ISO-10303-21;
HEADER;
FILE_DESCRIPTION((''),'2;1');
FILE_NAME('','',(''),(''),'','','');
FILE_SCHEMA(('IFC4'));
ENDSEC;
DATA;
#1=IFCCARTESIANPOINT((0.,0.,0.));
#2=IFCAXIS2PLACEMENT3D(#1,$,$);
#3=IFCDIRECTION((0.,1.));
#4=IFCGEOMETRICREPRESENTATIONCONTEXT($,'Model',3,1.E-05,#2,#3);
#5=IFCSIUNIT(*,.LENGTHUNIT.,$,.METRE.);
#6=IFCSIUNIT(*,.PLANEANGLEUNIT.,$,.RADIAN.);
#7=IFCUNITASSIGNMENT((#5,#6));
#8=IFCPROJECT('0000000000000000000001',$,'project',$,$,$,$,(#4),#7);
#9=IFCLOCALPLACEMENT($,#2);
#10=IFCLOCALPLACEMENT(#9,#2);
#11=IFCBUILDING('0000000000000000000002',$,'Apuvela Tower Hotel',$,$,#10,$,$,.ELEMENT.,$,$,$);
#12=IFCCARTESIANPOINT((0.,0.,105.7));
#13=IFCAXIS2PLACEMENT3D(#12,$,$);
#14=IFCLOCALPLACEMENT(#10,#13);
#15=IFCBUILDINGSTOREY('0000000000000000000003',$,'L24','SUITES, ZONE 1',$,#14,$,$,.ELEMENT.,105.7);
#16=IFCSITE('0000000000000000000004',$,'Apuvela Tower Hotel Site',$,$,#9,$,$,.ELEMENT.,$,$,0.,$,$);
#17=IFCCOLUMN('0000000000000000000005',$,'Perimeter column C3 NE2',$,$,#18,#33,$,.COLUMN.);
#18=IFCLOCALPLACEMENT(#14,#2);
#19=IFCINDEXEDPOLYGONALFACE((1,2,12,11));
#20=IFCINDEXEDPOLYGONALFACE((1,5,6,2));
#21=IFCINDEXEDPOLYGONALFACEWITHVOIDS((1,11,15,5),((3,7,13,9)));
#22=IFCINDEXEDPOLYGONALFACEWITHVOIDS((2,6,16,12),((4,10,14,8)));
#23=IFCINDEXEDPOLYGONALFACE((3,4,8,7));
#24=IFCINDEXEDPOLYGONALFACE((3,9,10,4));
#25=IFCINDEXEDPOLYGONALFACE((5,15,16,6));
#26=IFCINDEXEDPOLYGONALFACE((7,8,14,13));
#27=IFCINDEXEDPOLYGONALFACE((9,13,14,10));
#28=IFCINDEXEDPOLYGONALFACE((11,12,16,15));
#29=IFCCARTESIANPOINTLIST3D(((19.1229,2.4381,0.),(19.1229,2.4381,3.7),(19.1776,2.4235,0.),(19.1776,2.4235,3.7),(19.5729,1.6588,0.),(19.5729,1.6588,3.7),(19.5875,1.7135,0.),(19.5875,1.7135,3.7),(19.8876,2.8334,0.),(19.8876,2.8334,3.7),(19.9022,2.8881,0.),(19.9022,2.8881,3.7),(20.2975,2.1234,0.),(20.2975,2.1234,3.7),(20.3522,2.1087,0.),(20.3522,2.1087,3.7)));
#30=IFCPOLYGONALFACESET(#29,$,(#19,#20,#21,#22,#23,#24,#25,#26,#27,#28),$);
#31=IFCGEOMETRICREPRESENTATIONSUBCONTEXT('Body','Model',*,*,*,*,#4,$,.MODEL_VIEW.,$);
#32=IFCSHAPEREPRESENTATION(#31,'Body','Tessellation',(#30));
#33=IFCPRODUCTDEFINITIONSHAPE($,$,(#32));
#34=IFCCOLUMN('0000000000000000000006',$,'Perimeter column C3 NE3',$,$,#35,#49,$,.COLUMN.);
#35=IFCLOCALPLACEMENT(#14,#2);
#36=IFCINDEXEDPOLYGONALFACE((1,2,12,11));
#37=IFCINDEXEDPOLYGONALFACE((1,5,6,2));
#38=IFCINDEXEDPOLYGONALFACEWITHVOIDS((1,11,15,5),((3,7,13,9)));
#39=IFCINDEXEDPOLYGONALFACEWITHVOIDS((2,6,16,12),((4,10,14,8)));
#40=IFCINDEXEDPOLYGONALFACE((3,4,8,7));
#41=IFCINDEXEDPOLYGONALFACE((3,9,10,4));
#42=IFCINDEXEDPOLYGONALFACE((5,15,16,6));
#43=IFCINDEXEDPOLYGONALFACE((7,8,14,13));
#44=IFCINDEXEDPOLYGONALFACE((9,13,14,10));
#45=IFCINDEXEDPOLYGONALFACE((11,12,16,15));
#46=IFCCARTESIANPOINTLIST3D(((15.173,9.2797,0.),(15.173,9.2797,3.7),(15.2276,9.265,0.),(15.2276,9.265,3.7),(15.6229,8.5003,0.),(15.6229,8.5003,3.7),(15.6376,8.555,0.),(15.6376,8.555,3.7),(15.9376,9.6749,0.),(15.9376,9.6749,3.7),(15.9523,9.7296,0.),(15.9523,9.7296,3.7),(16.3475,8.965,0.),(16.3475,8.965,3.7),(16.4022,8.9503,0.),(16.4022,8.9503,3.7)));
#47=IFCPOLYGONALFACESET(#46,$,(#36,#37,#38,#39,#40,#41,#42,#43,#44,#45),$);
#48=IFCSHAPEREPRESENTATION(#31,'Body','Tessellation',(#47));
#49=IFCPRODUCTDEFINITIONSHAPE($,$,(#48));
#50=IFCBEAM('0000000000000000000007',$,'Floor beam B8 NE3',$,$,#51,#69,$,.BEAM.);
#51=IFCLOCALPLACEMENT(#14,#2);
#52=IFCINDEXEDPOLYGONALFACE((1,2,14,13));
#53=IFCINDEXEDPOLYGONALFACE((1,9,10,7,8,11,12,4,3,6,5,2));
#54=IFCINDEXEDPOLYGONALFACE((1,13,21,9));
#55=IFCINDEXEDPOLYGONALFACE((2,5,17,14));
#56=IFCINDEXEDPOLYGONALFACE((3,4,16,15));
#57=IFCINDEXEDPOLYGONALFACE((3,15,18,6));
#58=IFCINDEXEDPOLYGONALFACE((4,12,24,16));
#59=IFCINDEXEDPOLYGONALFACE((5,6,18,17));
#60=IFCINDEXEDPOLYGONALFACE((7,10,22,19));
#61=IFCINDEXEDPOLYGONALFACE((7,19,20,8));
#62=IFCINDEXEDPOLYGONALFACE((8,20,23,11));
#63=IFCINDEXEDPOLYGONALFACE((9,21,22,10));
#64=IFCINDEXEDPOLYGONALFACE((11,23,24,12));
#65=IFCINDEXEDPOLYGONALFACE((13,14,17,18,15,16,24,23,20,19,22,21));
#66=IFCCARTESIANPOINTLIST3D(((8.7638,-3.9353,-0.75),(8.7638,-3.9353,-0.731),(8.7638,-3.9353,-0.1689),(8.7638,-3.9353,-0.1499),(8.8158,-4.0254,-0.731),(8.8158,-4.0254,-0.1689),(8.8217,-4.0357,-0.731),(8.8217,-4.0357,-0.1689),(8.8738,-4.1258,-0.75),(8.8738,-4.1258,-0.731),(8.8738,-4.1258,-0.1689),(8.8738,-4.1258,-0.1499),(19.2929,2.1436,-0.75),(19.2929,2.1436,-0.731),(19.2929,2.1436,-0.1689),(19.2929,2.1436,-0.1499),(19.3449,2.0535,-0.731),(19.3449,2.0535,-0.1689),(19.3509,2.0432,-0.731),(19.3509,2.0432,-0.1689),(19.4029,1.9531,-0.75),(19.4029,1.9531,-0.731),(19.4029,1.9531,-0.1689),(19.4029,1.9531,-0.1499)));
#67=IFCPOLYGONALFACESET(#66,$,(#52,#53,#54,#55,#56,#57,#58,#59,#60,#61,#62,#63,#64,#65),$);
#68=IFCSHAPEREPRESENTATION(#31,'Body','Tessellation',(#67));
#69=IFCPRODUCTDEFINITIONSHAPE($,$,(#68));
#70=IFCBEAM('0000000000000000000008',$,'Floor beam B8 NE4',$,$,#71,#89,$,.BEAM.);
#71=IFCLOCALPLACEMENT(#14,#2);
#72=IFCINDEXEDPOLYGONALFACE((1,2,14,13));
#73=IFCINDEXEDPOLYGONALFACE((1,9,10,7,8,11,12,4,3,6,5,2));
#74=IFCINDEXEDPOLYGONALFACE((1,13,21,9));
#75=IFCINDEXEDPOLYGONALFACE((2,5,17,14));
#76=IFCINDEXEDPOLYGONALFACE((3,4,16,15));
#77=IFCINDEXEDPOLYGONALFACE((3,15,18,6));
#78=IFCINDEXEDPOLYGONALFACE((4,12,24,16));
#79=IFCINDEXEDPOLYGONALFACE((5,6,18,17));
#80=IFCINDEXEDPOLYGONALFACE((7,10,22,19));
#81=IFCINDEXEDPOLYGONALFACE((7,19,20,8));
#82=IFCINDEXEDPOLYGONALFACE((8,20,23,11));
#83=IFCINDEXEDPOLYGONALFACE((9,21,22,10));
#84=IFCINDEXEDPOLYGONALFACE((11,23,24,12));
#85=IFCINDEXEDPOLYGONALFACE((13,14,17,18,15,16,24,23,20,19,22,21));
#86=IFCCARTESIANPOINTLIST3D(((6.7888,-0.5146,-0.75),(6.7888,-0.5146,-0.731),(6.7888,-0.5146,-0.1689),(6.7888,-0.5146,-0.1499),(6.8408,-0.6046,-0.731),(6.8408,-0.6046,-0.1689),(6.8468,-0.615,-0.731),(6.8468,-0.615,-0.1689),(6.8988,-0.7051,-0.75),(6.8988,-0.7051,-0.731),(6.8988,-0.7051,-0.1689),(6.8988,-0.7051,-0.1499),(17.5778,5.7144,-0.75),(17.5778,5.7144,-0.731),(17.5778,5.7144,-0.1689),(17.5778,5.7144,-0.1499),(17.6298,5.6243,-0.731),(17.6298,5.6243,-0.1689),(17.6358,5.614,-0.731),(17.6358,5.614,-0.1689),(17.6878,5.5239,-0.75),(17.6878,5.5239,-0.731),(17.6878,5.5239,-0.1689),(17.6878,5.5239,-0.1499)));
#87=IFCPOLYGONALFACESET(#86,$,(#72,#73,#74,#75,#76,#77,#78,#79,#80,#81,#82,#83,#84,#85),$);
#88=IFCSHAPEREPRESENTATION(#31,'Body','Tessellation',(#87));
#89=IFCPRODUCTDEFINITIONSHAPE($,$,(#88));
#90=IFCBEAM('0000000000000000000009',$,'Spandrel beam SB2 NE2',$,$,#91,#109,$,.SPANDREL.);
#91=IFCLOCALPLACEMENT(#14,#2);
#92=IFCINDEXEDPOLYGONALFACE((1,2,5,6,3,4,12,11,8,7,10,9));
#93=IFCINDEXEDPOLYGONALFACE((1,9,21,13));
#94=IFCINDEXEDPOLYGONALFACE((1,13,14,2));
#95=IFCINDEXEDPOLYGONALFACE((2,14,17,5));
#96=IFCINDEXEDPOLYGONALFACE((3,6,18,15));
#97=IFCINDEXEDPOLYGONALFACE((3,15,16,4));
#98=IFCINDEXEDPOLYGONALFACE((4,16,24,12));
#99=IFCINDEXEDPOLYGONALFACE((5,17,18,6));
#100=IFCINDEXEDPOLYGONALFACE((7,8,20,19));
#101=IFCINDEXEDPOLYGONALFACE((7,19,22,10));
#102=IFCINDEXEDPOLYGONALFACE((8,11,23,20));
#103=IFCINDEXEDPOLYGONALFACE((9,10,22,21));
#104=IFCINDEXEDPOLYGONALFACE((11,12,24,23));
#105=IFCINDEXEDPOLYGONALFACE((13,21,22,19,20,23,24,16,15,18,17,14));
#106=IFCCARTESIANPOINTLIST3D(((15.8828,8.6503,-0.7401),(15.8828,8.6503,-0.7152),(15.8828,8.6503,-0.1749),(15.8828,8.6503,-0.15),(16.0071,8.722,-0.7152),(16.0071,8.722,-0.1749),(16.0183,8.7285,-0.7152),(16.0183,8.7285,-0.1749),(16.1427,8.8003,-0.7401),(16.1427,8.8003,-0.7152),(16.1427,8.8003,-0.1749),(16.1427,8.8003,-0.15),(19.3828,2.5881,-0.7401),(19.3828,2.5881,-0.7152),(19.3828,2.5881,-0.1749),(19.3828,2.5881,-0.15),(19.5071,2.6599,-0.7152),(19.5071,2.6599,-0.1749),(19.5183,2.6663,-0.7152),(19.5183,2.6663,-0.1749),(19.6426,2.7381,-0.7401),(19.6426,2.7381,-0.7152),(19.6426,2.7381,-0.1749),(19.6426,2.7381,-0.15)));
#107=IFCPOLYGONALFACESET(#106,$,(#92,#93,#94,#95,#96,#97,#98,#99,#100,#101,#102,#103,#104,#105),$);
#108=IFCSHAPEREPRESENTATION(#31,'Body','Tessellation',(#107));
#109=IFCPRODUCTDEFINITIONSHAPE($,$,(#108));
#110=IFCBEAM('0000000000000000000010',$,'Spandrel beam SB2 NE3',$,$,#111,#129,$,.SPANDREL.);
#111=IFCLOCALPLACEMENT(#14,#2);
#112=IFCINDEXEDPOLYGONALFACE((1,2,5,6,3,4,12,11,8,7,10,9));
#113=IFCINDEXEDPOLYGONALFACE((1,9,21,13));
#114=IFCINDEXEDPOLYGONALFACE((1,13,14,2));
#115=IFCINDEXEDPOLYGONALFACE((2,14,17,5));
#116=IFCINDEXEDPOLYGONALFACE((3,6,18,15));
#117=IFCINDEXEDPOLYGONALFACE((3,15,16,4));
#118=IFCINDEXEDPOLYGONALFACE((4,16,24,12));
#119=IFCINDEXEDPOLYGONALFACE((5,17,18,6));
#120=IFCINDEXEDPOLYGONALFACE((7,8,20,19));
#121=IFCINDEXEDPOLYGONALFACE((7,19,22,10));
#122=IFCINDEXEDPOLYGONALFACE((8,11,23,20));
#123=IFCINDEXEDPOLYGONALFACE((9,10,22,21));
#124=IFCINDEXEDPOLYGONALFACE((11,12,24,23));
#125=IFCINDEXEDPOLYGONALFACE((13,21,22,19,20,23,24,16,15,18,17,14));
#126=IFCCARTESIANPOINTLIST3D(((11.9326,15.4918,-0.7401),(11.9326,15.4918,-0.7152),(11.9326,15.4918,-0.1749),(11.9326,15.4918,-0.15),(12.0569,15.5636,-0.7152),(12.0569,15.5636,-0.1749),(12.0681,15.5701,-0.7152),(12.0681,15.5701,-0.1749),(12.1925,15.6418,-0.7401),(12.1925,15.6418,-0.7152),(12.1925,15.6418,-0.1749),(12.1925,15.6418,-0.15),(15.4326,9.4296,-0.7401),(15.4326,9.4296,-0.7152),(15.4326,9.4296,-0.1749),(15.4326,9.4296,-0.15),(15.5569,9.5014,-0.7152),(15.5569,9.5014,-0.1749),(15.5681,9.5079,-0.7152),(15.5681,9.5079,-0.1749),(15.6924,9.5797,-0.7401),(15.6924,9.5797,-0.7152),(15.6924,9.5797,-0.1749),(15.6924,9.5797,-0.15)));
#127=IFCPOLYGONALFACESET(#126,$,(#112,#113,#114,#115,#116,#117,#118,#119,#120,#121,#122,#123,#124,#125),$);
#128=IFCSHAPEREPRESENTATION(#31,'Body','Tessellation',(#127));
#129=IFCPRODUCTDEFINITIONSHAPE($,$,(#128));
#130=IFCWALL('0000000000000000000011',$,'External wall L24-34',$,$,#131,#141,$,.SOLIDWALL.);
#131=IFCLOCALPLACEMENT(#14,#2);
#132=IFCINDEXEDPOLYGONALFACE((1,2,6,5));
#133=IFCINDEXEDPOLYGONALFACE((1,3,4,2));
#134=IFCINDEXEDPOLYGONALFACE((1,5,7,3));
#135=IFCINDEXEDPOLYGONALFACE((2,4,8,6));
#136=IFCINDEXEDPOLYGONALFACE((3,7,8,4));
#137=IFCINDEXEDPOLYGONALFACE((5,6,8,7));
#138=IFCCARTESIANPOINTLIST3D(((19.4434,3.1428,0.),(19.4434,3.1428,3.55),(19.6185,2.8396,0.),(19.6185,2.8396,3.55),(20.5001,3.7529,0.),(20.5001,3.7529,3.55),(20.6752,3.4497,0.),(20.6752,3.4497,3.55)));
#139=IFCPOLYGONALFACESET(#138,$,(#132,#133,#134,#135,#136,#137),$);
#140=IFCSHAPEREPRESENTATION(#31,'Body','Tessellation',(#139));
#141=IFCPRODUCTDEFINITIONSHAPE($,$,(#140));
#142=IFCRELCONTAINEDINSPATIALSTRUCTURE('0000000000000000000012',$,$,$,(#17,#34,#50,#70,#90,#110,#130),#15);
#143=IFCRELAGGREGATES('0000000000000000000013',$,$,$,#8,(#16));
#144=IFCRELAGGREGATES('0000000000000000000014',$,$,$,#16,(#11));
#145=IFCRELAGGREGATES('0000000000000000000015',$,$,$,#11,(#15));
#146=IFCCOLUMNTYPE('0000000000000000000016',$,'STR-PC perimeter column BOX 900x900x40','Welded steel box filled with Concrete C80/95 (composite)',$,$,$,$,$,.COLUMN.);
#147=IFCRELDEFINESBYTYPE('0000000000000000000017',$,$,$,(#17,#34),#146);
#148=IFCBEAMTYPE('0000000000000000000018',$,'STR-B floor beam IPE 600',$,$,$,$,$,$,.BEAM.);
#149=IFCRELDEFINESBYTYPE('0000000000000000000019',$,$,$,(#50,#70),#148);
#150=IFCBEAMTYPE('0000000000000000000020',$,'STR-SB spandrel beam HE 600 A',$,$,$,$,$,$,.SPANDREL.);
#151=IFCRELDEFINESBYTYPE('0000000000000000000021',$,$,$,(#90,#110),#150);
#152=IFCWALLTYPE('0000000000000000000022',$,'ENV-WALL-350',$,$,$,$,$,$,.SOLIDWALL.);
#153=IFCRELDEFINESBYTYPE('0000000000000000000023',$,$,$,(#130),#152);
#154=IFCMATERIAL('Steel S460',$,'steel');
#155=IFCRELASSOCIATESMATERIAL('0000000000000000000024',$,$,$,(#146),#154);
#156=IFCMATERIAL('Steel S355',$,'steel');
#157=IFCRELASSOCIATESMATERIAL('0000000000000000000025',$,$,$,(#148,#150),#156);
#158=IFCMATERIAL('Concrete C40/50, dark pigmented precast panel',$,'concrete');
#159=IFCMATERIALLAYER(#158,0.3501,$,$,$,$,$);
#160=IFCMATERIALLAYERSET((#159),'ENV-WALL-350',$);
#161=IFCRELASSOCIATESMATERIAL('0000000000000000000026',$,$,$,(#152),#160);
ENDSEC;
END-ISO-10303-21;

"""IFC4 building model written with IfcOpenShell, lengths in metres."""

from ifc_helpers import new_model, si_unit, direction, frame, frame_2d, origin, origin_2d, place, context, subcontext, project, spatial, rectangle, hollow_rectangle, i_section, extrude, material, layer, layer_set, material_profile, profile_set, type_object, element, save


model = new_model("IFC4")

# Units and contexts
model_context = context("Model", 3, precision=1e-05, world=origin(), true_north=direction((0.0, 1.0)))
body_context = subcontext(model_context, "Body", "Model", "MODEL_VIEW")
ifc_project = project(units=[si_unit("LENGTHUNIT", "METRE"), si_unit("PLANEANGLEUNIT", "RADIAN")], contexts=[model_context])

# Site, building, storey
site_placement = place(None, origin())
site = spatial("IfcSite", under=ifc_project, at=site_placement, Name="Apuvela Tower Hotel Site", CompositionType="ELEMENT", RefElevation=0.0)
building_placement = place(site_placement, origin())
building = spatial("IfcBuilding", under=site, at=building_placement, Name="Apuvela Tower Hotel", CompositionType="ELEMENT")
storey_placement = place(building_placement, frame((0.0, 0.0, 105.7)))
storey = spatial("IfcBuildingStorey", under=building, at=storey_placement, Name="L24", Description="SUITES, ZONE 1", CompositionType="ELEMENT", Elevation=105.7)

# Columns
ifc_material_1 = material(Name="Steel S460", Category="steel")
ifc_material_profile_1 = material_profile(ifc_material_1, hollow_rectangle(XDim=0.8999, YDim=0.8999, WallThickness=0.04, at=origin_2d()), Name="BOX 900x900x40")
ifc_material_2 = material(Name="Concrete C80/95", Category="concrete")
ifc_material_profile_2 = material_profile(ifc_material_2, rectangle(XDim=0.8201, YDim=0.8201, at=origin_2d()), Name="Concrete C80/95 infill")
ifc_profile_set_1 = profile_set([ifc_material_profile_1, ifc_material_profile_2], Name="Steel S460")
column_type = type_object("IfcColumnType", Name="STR-PC perimeter column BOX 900x900x40", Description="Welded steel box filled with Concrete C80/95 (composite)", PredefinedType="COLUMN", material=ifc_profile_set_1)
for number, where, z_axis, x_axis, name in (
    (1, (19.7375, 2.2734, 0.0), (0.0, 0.0, 1.0), (-0.5, 0.866025, 0.0), "Perimeter column C3 NE2"),
    (2, (15.7876, 9.115, 0.0), (0.0, 0.0, 1.0), (-0.5, 0.866025, 0.0), "Perimeter column C3 NE3"),
):
    element("IfcColumn", number, at=place(storey_placement, frame(where, z_axis=z_axis, x_axis=x_axis)), inside=storey, type_object=column_type, Name=name, PredefinedType="COLUMN", context=body_context, shape_type="SweptSolid", body=[
        extrude(hollow_rectangle(XDim=0.8999, YDim=0.8999, WallThickness=0.04, at=origin_2d()), origin(), (0.0, 0.0, 1.0), 3.7),
    ])

# Beams
ifc_material_3 = material(Name="Steel S355", Category="steel")
ifc_material_profile_3 = material_profile(ifc_material_3, i_section(OverallWidth=0.22, OverallDepth=0.6001, WebThickness=0.012, FlangeThickness=0.019, at=origin_2d()), Name="IPE 600")
ifc_profile_set_2 = profile_set([ifc_material_profile_3], Name="Steel S355")
beam_type_1 = type_object("IfcBeamType", Name="STR-B floor beam IPE 600", PredefinedType="BEAM", material=ifc_profile_set_2)
beam_1_placement = place(storey_placement, frame((19.3479, 2.0483, -0.45), z_axis=(-0.866029, -0.499994, 0.0), x_axis=(0.499994, -0.866029, 0.0)))
element("IfcBeam", 3, at=beam_1_placement, inside=storey, type_object=beam_type_1, Name="Floor beam B8 NE3", PredefinedType="BEAM", context=body_context, shape_type="SweptSolid", body=[
    extrude(i_section(OverallWidth=0.22, OverallDepth=0.6001, WebThickness=0.012, FlangeThickness=0.019, at=origin_2d()), origin(), (0.0, 0.0, 1.0), 12.158),
])
beam_2_placement = place(storey_placement, frame((17.6328, 5.6191, -0.45), z_axis=(-0.866028, -0.499996, 0.0), x_axis=(0.499996, -0.866028, 0.0)))
element("IfcBeam", 4, at=beam_2_placement, inside=storey, type_object=beam_type_1, Name="Floor beam B8 NE4", PredefinedType="BEAM", context=body_context, shape_type="SweptSolid", body=[
    extrude(i_section(OverallWidth=0.22, OverallDepth=0.6001, WebThickness=0.012, FlangeThickness=0.019, at=origin_2d()), origin(), (0.0, 0.0, 1.0), 12.458),
])
ifc_material_profile_4 = material_profile(ifc_material_3, i_section(OverallWidth=0.3, OverallDepth=0.5901, WebThickness=0.0129, FlangeThickness=0.0249, at=origin_2d()), Name="HE 600 A")
ifc_profile_set_3 = profile_set([ifc_material_profile_4], Name="Steel S355")
beam_type_2 = type_object("IfcBeamType", Name="STR-SB spandrel beam HE 600 A", PredefinedType="SPANDREL", material=ifc_profile_set_3)
for number, where, z_axis, x_axis, name in (
    (5, (19.5127, 2.6631, -0.4451), (-0.499995, 0.866028, 0.0), (-0.866028, -0.499995, 0.0), "Spandrel beam SB2 NE2"),
    (6, (15.5625, 9.5046, -0.4451), (-0.499995, 0.866028, 0.0), (-0.866028, -0.499995, 0.0), "Spandrel beam SB2 NE3"),
):
    element("IfcBeam", number, at=place(storey_placement, frame(where, z_axis=z_axis, x_axis=x_axis)), inside=storey, type_object=beam_type_2, Name=name, PredefinedType="SPANDREL", context=body_context, shape_type="SweptSolid", body=[
        extrude(i_section(OverallWidth=0.3, OverallDepth=0.5901, WebThickness=0.0129, FlangeThickness=0.0249, at=origin_2d()), origin(), (0.0, 0.0, 1.0), 7.0),
    ])

# Wall
ifc_material_4 = material(Name="Concrete C40/50, dark pigmented precast panel", Category="concrete")
ifc_layer_1 = layer(ifc_material_4, 0.3501)
ifc_layer_set_1 = layer_set([ifc_layer_1], Name="ENV-WALL-350")
wall_type_1 = type_object("IfcWallType", Name="ENV-WALL-350", PredefinedType="SOLIDWALL", material=ifc_layer_set_1)
wall_1_placement = place(storey_placement, frame((20.5876, 3.6013, 0.0), z_axis=(0.0, 0.0, 1.0), x_axis=(-0.866006, -0.500034, 0.0)))
element("IfcWall", 7, at=wall_1_placement, inside=storey, type_object=wall_type_1, Name="External wall L24-34", PredefinedType="SOLIDWALL", context=body_context, shape_type="SweptSolid", body=[
    extrude(rectangle(XDim=1.2202, YDim=0.3501, at=frame_2d((0.6101, 0.0))), origin(), (0.0, 0.0, 1.0), 3.55),
])

save(model, "model.ifc")
